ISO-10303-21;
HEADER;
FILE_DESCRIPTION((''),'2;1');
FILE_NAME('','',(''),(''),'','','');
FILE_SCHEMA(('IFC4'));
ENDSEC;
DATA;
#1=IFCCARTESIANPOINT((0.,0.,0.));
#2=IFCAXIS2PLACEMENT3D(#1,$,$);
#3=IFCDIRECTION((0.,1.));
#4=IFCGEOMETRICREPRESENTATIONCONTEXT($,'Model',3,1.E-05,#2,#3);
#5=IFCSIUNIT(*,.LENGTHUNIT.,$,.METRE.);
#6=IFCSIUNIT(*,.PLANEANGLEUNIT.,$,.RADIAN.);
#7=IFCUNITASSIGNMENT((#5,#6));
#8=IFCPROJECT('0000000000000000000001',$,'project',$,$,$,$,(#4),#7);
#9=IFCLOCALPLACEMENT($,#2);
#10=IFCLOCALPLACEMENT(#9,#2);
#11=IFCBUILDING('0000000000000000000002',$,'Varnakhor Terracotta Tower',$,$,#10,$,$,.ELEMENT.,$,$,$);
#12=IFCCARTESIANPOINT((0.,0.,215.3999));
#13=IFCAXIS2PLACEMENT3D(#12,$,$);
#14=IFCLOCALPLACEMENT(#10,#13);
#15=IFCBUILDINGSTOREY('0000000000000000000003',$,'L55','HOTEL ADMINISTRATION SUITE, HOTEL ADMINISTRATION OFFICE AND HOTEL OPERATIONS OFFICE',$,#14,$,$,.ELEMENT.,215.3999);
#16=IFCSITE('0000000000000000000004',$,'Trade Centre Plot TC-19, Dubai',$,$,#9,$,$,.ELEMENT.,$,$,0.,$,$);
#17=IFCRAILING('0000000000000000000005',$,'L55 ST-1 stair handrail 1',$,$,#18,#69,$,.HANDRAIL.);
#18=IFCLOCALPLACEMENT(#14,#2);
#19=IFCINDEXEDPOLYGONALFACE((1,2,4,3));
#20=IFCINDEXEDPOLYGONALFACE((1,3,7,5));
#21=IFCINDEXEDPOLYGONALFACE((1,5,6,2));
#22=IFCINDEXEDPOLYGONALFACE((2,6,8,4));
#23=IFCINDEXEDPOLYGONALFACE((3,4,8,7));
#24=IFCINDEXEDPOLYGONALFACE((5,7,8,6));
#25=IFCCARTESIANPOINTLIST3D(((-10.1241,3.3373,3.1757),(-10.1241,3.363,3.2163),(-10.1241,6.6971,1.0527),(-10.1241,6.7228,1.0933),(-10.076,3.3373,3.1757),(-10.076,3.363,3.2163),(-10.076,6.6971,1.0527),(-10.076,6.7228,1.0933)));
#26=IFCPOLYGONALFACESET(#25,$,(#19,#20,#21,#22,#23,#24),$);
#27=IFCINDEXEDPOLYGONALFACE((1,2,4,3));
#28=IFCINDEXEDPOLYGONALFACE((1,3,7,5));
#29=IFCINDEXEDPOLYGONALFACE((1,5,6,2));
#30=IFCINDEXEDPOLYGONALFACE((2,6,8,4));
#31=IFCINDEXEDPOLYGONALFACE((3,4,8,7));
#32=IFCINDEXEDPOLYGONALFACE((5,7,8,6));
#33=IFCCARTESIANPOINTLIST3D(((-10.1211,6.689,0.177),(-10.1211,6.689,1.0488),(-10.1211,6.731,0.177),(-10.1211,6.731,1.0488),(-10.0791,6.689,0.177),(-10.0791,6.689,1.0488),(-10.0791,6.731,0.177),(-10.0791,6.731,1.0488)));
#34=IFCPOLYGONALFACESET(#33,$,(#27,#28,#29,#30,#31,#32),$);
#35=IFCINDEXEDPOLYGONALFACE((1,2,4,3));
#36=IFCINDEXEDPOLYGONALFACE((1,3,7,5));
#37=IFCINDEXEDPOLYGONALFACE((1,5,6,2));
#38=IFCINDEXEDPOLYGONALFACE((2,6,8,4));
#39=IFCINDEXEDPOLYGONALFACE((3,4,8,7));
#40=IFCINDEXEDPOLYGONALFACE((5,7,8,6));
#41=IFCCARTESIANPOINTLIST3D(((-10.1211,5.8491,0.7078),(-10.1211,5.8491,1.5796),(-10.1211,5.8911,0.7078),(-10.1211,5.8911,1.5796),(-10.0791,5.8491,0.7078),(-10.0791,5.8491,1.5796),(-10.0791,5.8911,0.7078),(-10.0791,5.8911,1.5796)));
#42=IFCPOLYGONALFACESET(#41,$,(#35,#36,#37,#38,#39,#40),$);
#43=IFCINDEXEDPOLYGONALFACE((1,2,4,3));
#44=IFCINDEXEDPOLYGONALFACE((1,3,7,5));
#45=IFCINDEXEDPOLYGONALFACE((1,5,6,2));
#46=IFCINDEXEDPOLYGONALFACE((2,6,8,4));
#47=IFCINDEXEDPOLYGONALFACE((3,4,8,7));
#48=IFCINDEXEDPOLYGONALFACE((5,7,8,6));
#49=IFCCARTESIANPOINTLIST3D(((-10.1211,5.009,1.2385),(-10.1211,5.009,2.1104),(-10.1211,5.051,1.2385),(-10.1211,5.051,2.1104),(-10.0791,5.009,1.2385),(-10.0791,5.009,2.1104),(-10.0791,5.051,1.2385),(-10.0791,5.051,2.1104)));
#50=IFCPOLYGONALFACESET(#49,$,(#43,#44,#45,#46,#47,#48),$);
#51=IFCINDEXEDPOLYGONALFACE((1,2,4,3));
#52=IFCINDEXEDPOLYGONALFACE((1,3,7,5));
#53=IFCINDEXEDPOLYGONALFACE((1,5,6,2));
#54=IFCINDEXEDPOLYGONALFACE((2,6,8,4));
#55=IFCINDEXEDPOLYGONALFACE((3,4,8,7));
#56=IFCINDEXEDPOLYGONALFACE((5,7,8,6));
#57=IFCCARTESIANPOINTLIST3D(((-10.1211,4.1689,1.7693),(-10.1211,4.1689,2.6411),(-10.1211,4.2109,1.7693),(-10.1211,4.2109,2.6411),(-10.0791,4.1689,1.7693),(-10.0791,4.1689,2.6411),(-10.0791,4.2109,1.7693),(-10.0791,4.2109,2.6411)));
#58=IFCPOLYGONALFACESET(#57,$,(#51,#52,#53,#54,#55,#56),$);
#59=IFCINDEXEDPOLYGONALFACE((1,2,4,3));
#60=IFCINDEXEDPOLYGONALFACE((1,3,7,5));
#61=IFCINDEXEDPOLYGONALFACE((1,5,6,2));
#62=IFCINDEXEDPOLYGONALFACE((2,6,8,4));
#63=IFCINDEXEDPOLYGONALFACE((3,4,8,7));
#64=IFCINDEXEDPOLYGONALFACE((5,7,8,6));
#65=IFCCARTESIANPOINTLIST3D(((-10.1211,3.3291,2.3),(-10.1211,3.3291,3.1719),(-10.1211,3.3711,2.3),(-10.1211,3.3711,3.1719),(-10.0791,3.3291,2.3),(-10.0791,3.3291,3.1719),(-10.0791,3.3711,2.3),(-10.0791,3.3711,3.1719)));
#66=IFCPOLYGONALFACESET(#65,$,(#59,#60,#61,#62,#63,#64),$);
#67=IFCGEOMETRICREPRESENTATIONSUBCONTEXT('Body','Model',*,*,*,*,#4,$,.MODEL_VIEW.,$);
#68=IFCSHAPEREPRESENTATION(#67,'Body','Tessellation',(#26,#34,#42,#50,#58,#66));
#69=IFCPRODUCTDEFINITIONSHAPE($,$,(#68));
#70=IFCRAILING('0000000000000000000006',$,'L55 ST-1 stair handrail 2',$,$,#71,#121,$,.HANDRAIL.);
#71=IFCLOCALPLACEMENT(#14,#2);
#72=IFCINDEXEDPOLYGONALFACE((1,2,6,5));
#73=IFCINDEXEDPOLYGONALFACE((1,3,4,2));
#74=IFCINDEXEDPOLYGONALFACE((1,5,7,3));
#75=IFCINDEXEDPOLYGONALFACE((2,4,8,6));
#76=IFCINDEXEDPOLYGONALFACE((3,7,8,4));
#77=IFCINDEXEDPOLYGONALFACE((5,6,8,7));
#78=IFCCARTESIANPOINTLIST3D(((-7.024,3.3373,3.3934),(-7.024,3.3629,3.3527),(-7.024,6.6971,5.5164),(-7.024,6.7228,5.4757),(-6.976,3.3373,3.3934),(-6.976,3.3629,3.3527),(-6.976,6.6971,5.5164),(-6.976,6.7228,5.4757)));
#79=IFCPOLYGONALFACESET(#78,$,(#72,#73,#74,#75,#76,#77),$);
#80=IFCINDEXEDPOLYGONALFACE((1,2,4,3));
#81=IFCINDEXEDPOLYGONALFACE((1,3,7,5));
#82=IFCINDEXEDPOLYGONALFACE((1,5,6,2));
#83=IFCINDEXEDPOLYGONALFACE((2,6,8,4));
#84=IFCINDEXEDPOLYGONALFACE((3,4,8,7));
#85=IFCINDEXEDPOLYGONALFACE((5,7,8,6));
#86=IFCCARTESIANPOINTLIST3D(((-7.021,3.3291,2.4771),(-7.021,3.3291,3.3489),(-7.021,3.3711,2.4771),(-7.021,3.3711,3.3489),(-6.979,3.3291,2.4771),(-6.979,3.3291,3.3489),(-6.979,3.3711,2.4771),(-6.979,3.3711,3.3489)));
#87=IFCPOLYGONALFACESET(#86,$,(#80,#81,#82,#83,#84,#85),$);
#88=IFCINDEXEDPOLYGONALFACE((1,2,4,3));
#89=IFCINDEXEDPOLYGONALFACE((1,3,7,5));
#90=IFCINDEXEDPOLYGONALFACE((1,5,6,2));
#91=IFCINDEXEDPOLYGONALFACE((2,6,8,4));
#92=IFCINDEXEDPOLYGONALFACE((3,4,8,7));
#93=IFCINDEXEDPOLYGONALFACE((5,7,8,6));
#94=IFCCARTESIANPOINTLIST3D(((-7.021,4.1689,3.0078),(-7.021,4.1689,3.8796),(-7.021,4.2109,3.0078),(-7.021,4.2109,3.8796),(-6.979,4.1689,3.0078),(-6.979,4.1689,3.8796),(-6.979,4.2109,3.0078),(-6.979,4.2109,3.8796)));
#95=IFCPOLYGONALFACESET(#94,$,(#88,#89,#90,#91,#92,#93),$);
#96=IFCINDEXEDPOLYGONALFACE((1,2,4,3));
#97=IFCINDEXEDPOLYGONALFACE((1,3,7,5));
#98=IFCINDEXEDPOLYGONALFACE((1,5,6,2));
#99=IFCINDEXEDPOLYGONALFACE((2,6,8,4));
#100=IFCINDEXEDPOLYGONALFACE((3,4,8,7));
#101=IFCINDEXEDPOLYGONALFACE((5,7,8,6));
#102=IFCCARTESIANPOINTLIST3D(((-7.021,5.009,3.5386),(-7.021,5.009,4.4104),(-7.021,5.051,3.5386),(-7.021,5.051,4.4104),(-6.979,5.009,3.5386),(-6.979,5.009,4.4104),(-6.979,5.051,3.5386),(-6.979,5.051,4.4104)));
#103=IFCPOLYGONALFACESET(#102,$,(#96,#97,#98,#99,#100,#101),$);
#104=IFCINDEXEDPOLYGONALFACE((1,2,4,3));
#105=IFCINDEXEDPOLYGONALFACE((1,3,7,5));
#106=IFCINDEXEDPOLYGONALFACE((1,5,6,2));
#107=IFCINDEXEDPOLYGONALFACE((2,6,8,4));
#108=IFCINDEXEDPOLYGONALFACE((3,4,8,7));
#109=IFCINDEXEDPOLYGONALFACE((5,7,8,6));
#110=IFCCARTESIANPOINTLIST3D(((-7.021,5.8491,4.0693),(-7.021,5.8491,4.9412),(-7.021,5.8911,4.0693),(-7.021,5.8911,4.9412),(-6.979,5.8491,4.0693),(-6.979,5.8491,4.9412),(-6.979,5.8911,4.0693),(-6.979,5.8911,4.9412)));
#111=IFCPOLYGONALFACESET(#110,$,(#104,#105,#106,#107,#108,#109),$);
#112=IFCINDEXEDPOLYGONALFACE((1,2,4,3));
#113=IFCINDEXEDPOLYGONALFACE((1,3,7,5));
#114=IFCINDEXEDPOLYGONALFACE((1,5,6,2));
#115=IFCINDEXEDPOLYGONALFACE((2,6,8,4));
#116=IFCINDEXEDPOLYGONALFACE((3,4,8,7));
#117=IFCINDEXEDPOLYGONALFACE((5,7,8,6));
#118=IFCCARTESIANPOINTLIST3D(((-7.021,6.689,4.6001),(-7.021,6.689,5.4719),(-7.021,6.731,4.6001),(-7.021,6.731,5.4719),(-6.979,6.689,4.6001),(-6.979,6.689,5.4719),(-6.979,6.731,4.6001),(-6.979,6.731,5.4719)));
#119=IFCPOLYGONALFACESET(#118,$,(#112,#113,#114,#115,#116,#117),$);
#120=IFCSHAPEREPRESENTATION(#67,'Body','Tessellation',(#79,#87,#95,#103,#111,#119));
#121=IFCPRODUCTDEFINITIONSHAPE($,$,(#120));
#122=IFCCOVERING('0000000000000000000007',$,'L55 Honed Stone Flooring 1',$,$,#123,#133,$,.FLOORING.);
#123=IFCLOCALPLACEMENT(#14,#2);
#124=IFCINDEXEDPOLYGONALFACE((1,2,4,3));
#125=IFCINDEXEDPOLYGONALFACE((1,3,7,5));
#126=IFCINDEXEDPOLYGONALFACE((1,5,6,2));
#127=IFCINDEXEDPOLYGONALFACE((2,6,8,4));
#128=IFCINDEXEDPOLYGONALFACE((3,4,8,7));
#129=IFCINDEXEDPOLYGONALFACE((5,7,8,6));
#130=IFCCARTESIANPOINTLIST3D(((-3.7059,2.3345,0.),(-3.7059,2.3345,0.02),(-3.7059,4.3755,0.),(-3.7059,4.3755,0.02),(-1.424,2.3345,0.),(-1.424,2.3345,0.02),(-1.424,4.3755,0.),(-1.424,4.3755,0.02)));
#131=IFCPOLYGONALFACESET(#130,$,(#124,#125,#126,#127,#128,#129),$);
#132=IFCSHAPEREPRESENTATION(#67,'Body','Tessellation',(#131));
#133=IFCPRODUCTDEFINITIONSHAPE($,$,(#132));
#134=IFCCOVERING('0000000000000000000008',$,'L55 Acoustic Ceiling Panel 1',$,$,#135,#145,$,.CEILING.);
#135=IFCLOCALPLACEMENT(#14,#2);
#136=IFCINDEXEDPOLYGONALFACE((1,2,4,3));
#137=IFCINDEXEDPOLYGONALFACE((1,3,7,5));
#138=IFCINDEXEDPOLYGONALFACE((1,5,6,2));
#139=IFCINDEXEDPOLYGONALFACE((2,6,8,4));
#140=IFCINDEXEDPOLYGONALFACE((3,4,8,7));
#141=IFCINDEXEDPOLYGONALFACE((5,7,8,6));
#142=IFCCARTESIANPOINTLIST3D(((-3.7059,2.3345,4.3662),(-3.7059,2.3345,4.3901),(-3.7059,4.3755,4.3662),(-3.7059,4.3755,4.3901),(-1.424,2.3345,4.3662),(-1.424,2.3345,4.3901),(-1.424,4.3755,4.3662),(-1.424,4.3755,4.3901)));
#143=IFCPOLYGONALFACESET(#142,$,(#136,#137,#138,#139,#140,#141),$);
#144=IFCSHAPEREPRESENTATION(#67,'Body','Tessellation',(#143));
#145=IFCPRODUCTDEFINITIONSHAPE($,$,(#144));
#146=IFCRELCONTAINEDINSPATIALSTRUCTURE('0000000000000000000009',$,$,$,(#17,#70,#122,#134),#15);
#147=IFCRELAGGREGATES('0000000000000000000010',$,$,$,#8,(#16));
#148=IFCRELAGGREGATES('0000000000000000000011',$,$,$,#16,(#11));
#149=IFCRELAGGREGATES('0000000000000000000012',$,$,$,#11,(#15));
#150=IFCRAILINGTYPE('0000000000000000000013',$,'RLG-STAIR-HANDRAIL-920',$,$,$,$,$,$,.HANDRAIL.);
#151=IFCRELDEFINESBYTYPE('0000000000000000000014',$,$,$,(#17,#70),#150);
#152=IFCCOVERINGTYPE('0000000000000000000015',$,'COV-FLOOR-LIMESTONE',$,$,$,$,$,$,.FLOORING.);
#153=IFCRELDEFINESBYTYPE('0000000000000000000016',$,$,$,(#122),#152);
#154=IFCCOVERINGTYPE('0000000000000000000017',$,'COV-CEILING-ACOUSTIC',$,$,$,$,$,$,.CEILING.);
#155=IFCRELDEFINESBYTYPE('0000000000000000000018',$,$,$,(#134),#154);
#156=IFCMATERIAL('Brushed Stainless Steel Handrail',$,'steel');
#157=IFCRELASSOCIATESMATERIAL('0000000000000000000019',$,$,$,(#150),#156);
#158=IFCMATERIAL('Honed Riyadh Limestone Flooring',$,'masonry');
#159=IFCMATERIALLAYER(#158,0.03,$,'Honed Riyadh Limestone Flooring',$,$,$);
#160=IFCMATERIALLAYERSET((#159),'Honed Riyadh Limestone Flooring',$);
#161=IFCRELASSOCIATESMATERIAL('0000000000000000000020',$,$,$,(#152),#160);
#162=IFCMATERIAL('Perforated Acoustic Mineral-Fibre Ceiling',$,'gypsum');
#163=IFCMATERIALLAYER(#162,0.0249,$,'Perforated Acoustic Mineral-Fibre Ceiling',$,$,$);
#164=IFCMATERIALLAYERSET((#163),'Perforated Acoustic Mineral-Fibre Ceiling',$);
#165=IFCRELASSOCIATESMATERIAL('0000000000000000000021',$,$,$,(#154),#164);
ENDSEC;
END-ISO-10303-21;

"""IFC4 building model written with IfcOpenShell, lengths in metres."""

from ifc_helpers import new_model, si_unit, direction, frame, origin, origin_2d, place, context, subcontext, project, spatial, rectangle, extrude, source, transform, mapped, material, layer, layer_set, type_object, element, save


model = new_model("IFC4")

# Units and contexts
model_context = context("Model", 3, precision=1e-05, world=origin(), true_north=direction((0.0, 1.0)))
body_context = subcontext(model_context, "Body", "Model", "MODEL_VIEW")
ifc_project = project(units=[si_unit("LENGTHUNIT", "METRE"), si_unit("PLANEANGLEUNIT", "RADIAN")], contexts=[model_context])

# Site, building, storey
site_placement = place(None, origin())
site = spatial("IfcSite", under=ifc_project, at=site_placement, Name="Trade Centre Plot TC-19, Dubai", CompositionType="ELEMENT", RefElevation=0.0)
building_placement = place(site_placement, origin())
building = spatial("IfcBuilding", under=site, at=building_placement, Name="Varnakhor Terracotta Tower", CompositionType="ELEMENT")
storey_placement = place(building_placement, frame((0.0, 0.0, 215.3999)))
storey = spatial("IfcBuildingStorey", under=building, at=storey_placement, Name="L55", Description="HOTEL ADMINISTRATION SUITE, HOTEL ADMINISTRATION OFFICE AND HOTEL OPERATIONS OFFICE", CompositionType="ELEMENT", Elevation=215.3999)

# Railings
ifc_material_1 = material(Name="Brushed Stainless Steel Handrail", Category="steel")
railing_type_1 = type_object("IfcRailingType", Name="RLG-STAIR-HANDRAIL-920", PredefinedType="HANDRAIL", material=ifc_material_1)
railing_1_placement = place(storey_placement, frame((-10.1001, 6.71, 0.177)))
element("IfcRailing", 1, at=railing_1_placement, inside=storey, type_object=railing_type_1, Name="L55 ST-1 stair handrail 1", PredefinedType="HANDRAIL", context=body_context, shape_type="SweptSolid", body=[
    extrude(rectangle(XDim=0.0481, YDim=0.0481, at=origin_2d()), frame((0.0, 0.0, 0.896), z_axis=(0.0, -0.845372, 0.534178), x_axis=(1.0, 0.0, 0.0)), (0.0, 0.0, 1.0), 3.9744),
    extrude(rectangle(XDim=0.042, YDim=0.042, at=origin_2d()), origin(), (0.0, 0.0, 1.0), 0.8718),
    extrude(rectangle(XDim=0.042, YDim=0.042, at=origin_2d()), frame((0.0, -0.8398, 0.5308)), (0.0, 0.0, 1.0), 0.8718),
    extrude(rectangle(XDim=0.042, YDim=0.042, at=origin_2d()), frame((0.0, -1.6799, 1.0615)), (0.0, 0.0, 1.0), 0.8718),
    extrude(rectangle(XDim=0.042, YDim=0.042, at=origin_2d()), frame((0.0, -2.52, 1.5923)), (0.0, 0.0, 1.0), 0.8718),
    extrude(rectangle(XDim=0.042, YDim=0.042, at=origin_2d()), frame((0.0, -3.3599, 2.123)), (0.0, 0.0, 1.0), 0.8718),
])
railing_2_placement = place(storey_placement, frame((-7.0, 3.3501, 2.4771)))
element("IfcRailing", 2, at=railing_2_placement, inside=storey, type_object=railing_type_1, Name="L55 ST-1 stair handrail 2", PredefinedType="HANDRAIL", context=body_context, shape_type="SweptSolid", body=[
    extrude(rectangle(XDim=0.0481, YDim=0.0481, at=origin_2d()), frame((0.0, 0.0, 0.896), z_axis=(0.0, 0.845372, 0.534178), x_axis=(-1.0, 0.0, 0.0)), (0.0, 0.0, 1.0), 3.9744),
    extrude(rectangle(XDim=0.042, YDim=0.042, at=origin_2d()), origin(), (0.0, 0.0, 1.0), 0.8718),
    extrude(rectangle(XDim=0.042, YDim=0.042, at=origin_2d()), frame((0.0, 0.8398, 0.5308)), (0.0, 0.0, 1.0), 0.8718),
    extrude(rectangle(XDim=0.042, YDim=0.042, at=origin_2d()), frame((0.0, 1.6799, 1.0615)), (0.0, 0.0, 1.0), 0.8718),
    extrude(rectangle(XDim=0.042, YDim=0.042, at=origin_2d()), frame((0.0, 2.52, 1.5923)), (0.0, 0.0, 1.0), 0.8718),
    extrude(rectangle(XDim=0.042, YDim=0.042, at=origin_2d()), frame((0.0, 3.3599, 2.123)), (0.0, 0.0, 1.0), 0.8718),
])

# Coverings
ifc_material_2 = material(Name="Honed Riyadh Limestone Flooring", Category="masonry")
ifc_layer_1 = layer(ifc_material_2, 0.03, Name="Honed Riyadh Limestone Flooring")
ifc_layer_set_1 = layer_set([ifc_layer_1], Name="Honed Riyadh Limestone Flooring")
covering_type_1 = type_object("IfcCoveringType", Name="COV-FLOOR-LIMESTONE", PredefinedType="FLOORING", material=ifc_layer_set_1)
shared_shape_1 = source(origin(), body_context, "Body", "SweptSolid", [
    extrude(rectangle(XDim=2.282, YDim=2.041, at=origin_2d()), origin(), (0.0, 0.0, 1.0), 0.02),
])
covering_1_placement = place(storey_placement, frame((-2.5649, 3.355, 0.0), z_axis=(0.0, 0.0, 1.0), x_axis=(1.0, 0.0, 0.0)))
element("IfcCovering", 3, at=covering_1_placement, inside=storey, type_object=covering_type_1, Name="L55 Honed Stone Flooring 1", PredefinedType="FLOORING", context=body_context, shape_type="MappedRepresentation", body=[
    mapped(shared_shape_1, transform((0.0, 0.0, 0.0), scale=1.0)),
])
ifc_material_3 = material(Name="Perforated Acoustic Mineral-Fibre Ceiling", Category="gypsum")
ifc_layer_2 = layer(ifc_material_3, 0.0249, Name="Perforated Acoustic Mineral-Fibre Ceiling")
ifc_layer_set_2 = layer_set([ifc_layer_2], Name="Perforated Acoustic Mineral-Fibre Ceiling")
covering_type_2 = type_object("IfcCoveringType", Name="COV-CEILING-ACOUSTIC", PredefinedType="CEILING", material=ifc_layer_set_2)
shared_shape_2 = source(origin(), body_context, "Body", "SweptSolid", [
    extrude(rectangle(XDim=2.282, YDim=2.041, at=origin_2d()), origin(), (0.0, 0.0, 1.0), 0.0239),
])
covering_2_placement = place(storey_placement, frame((-2.5649, 3.355, 4.3662), z_axis=(0.0, 0.0, 1.0), x_axis=(1.0, 0.0, 0.0)))
element("IfcCovering", 4, at=covering_2_placement, inside=storey, type_object=covering_type_2, Name="L55 Acoustic Ceiling Panel 1", PredefinedType="CEILING", context=body_context, shape_type="MappedRepresentation", body=[
    mapped(shared_shape_2, transform((0.0, 0.0, 0.0), scale=1.0)),
])

save(model, "model.ifc")
